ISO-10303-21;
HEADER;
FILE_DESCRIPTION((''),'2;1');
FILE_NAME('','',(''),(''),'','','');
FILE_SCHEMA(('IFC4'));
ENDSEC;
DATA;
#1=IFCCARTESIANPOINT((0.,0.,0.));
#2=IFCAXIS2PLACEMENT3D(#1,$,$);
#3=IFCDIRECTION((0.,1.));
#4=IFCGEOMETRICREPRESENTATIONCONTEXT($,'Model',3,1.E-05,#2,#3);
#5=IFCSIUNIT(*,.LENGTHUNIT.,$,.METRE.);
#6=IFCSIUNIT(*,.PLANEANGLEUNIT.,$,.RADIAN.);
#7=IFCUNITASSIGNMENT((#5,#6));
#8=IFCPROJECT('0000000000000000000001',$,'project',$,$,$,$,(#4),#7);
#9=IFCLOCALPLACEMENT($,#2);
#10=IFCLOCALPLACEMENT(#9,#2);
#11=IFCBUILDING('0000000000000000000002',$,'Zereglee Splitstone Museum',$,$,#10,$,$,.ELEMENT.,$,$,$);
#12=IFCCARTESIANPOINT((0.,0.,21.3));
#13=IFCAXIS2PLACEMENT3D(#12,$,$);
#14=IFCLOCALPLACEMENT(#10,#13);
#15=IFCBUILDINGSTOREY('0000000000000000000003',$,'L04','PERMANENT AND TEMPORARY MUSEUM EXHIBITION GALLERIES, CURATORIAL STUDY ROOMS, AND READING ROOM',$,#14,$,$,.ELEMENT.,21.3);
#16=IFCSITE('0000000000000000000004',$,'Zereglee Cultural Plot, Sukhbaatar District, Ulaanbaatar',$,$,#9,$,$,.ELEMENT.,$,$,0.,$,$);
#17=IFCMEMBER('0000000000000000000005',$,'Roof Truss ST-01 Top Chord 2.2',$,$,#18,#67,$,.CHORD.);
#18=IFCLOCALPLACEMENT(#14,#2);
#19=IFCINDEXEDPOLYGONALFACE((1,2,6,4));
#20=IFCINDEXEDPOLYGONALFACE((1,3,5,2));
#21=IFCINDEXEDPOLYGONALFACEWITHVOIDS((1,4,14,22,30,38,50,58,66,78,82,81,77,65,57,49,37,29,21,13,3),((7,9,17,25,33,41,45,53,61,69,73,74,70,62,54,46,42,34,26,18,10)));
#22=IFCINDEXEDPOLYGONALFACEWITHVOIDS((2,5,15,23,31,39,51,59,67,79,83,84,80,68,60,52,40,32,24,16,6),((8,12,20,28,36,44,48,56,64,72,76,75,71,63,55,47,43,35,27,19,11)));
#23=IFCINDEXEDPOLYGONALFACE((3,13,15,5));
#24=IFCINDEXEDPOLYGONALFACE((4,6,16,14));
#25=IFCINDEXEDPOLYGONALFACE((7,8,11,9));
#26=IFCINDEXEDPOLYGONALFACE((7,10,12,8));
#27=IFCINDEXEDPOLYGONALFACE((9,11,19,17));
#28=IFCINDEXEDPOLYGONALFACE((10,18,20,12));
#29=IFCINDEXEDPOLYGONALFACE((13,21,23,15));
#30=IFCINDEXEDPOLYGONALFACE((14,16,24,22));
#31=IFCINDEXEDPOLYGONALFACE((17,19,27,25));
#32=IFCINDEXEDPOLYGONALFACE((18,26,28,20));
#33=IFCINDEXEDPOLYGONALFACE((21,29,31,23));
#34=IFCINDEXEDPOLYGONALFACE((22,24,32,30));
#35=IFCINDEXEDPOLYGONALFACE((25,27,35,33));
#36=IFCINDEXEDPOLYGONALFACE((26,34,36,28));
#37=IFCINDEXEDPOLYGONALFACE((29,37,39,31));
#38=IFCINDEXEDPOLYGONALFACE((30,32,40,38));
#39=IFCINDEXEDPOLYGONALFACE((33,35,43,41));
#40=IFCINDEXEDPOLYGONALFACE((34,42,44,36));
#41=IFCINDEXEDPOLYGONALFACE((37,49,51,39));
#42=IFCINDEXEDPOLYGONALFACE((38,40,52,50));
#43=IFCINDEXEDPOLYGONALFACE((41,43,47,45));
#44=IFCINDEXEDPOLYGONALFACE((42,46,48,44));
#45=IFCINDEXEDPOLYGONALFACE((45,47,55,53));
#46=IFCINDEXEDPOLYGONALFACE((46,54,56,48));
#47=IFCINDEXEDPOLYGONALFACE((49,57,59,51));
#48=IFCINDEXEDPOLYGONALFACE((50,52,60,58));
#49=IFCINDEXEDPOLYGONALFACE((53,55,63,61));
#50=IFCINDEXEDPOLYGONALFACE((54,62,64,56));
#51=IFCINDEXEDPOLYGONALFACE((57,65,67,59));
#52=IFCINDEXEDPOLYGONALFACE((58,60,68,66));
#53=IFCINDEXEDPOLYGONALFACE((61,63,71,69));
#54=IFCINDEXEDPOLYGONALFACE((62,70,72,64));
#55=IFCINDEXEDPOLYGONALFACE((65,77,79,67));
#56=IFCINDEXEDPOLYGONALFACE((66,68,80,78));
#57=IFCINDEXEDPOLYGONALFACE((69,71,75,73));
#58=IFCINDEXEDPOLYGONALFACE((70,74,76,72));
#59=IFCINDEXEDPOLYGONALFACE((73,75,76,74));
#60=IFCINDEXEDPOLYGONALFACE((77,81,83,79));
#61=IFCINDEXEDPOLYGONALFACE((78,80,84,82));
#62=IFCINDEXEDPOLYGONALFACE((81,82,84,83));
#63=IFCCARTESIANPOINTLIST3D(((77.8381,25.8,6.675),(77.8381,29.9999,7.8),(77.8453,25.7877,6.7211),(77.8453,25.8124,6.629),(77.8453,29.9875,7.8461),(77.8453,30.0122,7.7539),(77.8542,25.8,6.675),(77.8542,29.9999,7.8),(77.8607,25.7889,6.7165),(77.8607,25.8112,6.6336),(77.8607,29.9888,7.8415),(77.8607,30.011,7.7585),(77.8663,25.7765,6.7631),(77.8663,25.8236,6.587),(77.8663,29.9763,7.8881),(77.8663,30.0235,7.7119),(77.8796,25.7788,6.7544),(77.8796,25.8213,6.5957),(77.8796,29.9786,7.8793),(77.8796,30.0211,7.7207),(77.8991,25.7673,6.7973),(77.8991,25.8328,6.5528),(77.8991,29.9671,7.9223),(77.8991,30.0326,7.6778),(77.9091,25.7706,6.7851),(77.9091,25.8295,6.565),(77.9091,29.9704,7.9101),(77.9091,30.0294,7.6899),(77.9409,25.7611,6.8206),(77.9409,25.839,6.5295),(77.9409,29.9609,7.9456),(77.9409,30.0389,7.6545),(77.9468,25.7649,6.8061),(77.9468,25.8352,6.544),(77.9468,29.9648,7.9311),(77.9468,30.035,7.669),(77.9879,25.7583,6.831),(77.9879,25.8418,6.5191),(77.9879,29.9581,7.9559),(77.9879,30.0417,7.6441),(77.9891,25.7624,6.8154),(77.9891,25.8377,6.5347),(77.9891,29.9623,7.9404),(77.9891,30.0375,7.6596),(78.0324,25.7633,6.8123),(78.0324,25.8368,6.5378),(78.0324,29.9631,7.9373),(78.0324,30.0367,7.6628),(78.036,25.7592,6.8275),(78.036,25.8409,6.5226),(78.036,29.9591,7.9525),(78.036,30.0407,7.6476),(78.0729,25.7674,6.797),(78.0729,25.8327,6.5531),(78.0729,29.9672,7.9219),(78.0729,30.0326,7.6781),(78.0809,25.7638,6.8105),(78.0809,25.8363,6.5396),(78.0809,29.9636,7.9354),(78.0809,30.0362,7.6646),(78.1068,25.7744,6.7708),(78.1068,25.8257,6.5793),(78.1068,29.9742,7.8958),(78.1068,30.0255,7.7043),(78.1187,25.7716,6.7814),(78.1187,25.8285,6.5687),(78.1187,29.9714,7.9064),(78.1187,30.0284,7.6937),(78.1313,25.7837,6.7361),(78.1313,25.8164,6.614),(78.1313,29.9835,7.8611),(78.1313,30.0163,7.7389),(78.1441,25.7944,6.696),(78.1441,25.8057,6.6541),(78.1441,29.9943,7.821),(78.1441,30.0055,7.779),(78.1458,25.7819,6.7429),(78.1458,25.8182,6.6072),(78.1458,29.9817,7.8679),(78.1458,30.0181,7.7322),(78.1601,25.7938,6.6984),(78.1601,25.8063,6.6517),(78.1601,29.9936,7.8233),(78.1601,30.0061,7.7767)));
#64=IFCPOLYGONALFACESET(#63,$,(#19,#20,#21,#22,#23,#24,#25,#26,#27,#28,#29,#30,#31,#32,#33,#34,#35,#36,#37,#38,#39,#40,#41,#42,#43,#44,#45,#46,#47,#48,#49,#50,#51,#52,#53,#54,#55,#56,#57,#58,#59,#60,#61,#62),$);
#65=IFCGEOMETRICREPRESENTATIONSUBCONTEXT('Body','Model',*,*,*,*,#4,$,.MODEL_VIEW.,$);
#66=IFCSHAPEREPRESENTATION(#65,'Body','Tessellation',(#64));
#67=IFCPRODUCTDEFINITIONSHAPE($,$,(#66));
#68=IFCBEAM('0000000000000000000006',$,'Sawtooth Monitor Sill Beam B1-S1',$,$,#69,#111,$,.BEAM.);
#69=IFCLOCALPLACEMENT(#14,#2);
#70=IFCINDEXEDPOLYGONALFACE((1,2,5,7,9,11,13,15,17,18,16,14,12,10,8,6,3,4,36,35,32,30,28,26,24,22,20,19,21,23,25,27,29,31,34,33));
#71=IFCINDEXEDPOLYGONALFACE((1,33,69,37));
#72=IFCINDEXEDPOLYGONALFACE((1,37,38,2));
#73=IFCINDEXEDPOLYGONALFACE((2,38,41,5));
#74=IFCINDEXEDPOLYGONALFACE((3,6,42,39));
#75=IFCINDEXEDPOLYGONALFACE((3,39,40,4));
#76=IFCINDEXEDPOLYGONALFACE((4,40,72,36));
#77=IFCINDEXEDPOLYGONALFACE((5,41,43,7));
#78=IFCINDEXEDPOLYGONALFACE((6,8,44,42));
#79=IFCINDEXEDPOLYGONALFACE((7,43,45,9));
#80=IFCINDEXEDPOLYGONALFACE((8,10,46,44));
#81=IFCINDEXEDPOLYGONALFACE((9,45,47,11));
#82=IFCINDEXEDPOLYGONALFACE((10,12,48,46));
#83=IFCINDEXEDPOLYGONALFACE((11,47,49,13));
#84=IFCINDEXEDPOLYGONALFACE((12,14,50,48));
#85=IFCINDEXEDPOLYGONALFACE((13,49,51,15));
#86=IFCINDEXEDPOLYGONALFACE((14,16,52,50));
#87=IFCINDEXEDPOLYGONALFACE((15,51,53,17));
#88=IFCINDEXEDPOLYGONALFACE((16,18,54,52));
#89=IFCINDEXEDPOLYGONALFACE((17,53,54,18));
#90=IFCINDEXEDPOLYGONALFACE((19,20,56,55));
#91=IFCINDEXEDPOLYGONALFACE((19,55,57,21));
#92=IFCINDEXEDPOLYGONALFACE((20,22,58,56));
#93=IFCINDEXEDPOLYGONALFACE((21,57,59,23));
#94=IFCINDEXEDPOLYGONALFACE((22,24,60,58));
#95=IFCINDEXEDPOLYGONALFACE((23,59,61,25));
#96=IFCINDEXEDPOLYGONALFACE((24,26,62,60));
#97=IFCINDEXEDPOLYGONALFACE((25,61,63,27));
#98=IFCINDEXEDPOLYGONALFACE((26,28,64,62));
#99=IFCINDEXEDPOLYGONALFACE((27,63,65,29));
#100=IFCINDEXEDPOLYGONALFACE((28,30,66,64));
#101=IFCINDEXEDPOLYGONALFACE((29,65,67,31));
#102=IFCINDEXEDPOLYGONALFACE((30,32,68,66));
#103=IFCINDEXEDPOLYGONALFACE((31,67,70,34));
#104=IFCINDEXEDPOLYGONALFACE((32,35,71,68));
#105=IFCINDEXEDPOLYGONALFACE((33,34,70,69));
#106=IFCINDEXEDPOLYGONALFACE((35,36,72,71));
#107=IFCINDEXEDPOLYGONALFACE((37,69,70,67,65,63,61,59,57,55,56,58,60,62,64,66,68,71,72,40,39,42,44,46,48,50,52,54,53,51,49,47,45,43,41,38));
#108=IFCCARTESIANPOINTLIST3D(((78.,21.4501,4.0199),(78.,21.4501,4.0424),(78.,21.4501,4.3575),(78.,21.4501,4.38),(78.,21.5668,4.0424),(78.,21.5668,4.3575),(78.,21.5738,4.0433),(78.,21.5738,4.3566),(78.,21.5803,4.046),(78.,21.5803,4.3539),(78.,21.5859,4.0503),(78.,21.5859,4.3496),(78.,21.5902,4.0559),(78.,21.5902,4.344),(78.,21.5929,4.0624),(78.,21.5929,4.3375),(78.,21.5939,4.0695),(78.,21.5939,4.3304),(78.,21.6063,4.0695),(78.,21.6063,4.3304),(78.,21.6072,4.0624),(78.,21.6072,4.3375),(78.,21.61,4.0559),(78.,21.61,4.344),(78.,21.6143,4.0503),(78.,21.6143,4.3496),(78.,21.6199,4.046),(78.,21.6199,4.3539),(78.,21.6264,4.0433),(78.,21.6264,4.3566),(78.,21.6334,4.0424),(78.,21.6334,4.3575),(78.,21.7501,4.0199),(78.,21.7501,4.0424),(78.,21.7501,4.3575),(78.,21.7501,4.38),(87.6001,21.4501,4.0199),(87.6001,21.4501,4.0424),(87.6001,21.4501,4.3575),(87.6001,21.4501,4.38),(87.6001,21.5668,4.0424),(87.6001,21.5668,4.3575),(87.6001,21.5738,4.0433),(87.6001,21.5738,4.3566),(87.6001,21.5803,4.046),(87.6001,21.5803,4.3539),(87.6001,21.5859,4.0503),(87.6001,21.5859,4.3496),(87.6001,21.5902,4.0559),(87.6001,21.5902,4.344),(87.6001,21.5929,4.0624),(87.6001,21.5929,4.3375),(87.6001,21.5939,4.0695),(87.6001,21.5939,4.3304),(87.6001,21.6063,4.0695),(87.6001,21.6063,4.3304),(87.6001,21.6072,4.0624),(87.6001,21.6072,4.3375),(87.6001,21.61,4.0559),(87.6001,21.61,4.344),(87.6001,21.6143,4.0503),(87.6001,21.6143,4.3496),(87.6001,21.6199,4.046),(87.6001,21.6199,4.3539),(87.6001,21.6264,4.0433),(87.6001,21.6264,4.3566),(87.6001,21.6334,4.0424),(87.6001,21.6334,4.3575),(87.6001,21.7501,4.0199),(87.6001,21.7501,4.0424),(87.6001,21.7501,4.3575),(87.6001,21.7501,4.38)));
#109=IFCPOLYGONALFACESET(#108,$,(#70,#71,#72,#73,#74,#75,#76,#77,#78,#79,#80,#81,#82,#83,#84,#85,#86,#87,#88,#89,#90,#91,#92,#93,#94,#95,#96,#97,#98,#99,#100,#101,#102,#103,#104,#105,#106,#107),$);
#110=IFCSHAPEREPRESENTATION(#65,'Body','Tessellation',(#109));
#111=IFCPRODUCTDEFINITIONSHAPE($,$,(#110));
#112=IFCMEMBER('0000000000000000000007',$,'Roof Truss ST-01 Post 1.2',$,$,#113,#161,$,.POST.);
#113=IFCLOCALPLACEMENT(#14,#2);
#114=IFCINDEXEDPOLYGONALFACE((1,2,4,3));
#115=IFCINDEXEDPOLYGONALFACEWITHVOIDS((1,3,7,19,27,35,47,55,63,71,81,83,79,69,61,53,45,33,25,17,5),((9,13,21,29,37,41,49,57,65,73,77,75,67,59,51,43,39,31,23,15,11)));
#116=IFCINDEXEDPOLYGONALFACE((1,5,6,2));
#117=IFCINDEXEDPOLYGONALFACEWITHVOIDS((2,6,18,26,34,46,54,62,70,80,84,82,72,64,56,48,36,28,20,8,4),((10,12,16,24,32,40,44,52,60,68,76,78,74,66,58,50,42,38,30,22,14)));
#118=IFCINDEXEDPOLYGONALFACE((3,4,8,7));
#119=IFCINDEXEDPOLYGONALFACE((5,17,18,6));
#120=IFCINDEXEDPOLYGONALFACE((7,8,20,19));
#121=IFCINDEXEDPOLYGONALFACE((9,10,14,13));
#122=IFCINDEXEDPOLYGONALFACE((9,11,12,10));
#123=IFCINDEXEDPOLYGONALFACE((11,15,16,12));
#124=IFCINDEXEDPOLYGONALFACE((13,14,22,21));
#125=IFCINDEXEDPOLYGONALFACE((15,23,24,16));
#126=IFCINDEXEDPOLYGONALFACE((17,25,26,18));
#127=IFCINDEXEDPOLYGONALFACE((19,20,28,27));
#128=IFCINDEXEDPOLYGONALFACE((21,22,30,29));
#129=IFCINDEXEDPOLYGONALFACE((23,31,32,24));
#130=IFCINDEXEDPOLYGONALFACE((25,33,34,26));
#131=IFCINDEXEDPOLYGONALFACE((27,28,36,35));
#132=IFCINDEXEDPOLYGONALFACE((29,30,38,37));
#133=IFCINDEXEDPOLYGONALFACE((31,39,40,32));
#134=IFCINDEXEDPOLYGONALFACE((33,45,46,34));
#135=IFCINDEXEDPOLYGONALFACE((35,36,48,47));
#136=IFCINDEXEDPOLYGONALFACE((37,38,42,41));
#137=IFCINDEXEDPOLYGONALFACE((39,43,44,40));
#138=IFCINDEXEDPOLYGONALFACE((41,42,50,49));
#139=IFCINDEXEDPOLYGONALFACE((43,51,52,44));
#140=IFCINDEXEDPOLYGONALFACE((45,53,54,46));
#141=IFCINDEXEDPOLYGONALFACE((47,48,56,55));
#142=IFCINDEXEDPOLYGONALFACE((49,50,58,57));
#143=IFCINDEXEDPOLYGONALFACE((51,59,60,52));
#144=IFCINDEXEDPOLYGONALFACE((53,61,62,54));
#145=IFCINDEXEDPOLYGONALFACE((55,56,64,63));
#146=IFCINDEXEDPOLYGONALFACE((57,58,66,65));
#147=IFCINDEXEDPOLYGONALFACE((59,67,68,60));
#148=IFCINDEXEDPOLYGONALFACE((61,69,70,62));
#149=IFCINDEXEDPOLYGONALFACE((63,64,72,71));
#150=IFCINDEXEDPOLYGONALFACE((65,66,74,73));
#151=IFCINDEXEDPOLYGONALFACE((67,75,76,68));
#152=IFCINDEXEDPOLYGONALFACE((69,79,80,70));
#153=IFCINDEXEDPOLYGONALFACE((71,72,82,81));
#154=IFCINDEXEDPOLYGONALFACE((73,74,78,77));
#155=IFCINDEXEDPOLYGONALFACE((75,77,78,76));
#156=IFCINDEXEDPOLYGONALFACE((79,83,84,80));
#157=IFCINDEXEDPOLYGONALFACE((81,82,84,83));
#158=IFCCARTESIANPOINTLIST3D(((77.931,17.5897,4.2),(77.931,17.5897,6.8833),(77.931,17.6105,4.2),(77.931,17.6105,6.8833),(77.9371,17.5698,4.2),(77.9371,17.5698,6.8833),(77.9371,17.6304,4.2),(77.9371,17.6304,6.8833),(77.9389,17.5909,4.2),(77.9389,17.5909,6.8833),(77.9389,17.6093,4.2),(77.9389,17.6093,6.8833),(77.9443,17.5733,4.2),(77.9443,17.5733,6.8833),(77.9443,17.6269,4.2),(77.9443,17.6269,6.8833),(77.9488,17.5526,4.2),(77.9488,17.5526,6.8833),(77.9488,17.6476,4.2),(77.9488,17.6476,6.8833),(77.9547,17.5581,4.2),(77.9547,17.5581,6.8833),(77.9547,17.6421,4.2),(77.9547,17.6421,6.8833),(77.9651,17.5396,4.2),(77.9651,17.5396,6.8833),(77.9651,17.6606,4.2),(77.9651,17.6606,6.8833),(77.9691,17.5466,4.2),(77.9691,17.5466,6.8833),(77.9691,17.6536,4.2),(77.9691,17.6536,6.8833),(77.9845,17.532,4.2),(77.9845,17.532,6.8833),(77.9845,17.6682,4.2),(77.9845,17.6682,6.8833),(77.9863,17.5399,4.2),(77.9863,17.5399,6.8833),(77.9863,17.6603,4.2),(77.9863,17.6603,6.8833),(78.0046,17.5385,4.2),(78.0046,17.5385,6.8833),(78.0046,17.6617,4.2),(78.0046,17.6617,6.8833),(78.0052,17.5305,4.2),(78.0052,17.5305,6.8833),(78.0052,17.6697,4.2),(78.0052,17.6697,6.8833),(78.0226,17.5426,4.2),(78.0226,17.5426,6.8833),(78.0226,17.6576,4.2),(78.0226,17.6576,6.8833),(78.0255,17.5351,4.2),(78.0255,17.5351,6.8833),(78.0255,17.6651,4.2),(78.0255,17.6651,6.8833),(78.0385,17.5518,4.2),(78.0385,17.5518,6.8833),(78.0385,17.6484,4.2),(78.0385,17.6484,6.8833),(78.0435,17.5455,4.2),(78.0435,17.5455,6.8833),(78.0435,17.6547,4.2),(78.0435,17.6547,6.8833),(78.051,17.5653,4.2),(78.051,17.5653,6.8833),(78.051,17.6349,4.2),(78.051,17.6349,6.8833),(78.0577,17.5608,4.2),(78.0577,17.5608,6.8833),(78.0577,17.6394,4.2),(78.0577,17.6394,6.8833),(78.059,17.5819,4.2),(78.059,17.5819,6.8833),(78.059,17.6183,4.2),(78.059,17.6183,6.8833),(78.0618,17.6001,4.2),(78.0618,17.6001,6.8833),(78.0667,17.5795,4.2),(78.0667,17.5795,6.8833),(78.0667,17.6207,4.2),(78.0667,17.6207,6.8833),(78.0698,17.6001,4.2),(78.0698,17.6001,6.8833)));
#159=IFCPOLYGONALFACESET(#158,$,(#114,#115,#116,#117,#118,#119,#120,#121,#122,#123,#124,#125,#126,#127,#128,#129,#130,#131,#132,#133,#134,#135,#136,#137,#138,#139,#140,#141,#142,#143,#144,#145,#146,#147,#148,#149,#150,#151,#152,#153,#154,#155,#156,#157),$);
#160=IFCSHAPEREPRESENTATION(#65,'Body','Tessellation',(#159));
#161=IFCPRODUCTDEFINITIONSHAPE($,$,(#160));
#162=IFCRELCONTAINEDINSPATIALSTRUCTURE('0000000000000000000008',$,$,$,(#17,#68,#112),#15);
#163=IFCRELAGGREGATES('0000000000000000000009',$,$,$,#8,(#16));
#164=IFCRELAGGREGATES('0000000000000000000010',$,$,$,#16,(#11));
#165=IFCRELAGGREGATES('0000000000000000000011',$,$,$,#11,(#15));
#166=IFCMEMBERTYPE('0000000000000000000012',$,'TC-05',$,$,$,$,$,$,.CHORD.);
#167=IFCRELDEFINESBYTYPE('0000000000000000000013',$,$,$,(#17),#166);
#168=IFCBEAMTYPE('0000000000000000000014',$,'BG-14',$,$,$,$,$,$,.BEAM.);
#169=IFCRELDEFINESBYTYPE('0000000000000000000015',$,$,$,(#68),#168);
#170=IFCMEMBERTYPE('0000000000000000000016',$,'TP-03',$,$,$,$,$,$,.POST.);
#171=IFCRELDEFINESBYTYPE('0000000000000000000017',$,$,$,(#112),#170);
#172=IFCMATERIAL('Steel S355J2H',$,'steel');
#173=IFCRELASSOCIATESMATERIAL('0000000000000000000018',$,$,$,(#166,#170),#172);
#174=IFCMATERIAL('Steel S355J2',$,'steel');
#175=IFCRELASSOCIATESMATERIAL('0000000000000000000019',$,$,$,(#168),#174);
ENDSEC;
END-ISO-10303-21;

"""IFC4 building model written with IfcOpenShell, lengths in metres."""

from ifc_helpers import new_model, si_unit, direction, frame, origin, origin_2d, place, context, subcontext, project, spatial, hollow_circle, i_section, extrude, material, material_profile, profile_set, type_object, element, save


model = new_model("IFC4")

# Units and contexts
model_context = context("Model", 3, precision=1e-05, world=origin(), true_north=direction((0.0, 1.0)))
body_context = subcontext(model_context, "Body", "Model", "MODEL_VIEW")
ifc_project = project(units=[si_unit("LENGTHUNIT", "METRE"), si_unit("PLANEANGLEUNIT", "RADIAN")], contexts=[model_context])

# Site, building, storey
site_placement = place(None, origin())
site = spatial("IfcSite", under=ifc_project, at=site_placement, Name="Zereglee Cultural Plot, Sukhbaatar District, Ulaanbaatar", CompositionType="ELEMENT", RefElevation=0.0)
building_placement = place(site_placement, origin())
building = spatial("IfcBuilding", under=site, at=building_placement, Name="Zereglee Splitstone Museum", CompositionType="ELEMENT")
storey_placement = place(building_placement, frame((0.0, 0.0, 21.3)))
storey = spatial("IfcBuildingStorey", under=building, at=storey_placement, Name="L04", Description="PERMANENT AND TEMPORARY MUSEUM EXHIBITION GALLERIES, CURATORIAL STUDY ROOMS, AND READING ROOM", CompositionType="ELEMENT", Elevation=21.3)

# Member
ifc_material_1 = material(Name="Steel S355J2H", Category="steel")
ifc_material_profile_1 = material_profile(ifc_material_1, hollow_circle(Radius=0.1619, WallThickness=0.0161, at=origin_2d()), Name="CHS 323.9x16")
ifc_profile_set_1 = profile_set([ifc_material_profile_1], Name="Steel S355J2H")
member_type_1 = type_object("IfcMemberType", Name="TC-05", PredefinedType="CHORD", material=ifc_profile_set_1)
member_1_placement = place(storey_placement, frame((78.0, 25.8, 6.675), z_axis=(0.0, 0.965947, 0.258739), x_axis=(-1.0, 0.0, 0.0)))
element("IfcMember", 1, at=member_1_placement, inside=storey, type_object=member_type_1, Name="Roof Truss ST-01 Top Chord 2.2", PredefinedType="CHORD", context=body_context, shape_type="SweptSolid", body=[
    extrude(hollow_circle(Radius=0.1619, WallThickness=0.0161, at=origin_2d()), origin(), (0.0, 0.0, 1.0), 4.3479),
])

# Beam
ifc_material_2 = material(Name="Steel S355J2", Category="steel")
ifc_material_profile_2 = material_profile(ifc_material_2, i_section(OverallWidth=0.3, OverallDepth=0.3601, WebThickness=0.0125, FlangeThickness=0.0225, FilletRadius=0.0271, at=origin_2d()), Name="HE 360 B")
ifc_profile_set_2 = profile_set([ifc_material_profile_2], Name="Steel S355J2")
beam_type_1 = type_object("IfcBeamType", Name="BG-14", PredefinedType="BEAM", material=ifc_profile_set_2)
beam_1_placement = place(storey_placement, frame((78.0, 21.6001, 4.2), z_axis=(1.0, 0.0, 0.0), x_axis=(0.0, 1.0, 0.0)))
element("IfcBeam", 2, at=beam_1_placement, inside=storey, type_object=beam_type_1, Name="Sawtooth Monitor Sill Beam B1-S1", PredefinedType="BEAM", context=body_context, shape_type="SweptSolid", body=[
    extrude(i_section(OverallWidth=0.3, OverallDepth=0.3601, WebThickness=0.0125, FlangeThickness=0.0225, FilletRadius=0.0271, at=origin_2d()), origin(), (0.0, 0.0, 1.0), 9.6001),
])

# Member
ifc_material_profile_3 = material_profile(ifc_material_1, hollow_circle(Radius=0.0698, WallThickness=0.0081, at=origin_2d()), Name="CHS 139.7x8")
ifc_profile_set_3 = profile_set([ifc_material_profile_3], Name="Steel S355J2H")
member_type_2 = type_object("IfcMemberType", Name="TP-03", PredefinedType="POST", material=ifc_profile_set_3)
member_2_placement = place(storey_placement, frame((78.0, 17.6001, 4.2), z_axis=(0.0, 0.0, 1.0), x_axis=(1.0, 0.0, 0.0)))
element("IfcMember", 3, at=member_2_placement, inside=storey, type_object=member_type_2, Name="Roof Truss ST-01 Post 1.2", PredefinedType="POST", context=body_context, shape_type="SweptSolid", body=[
    extrude(hollow_circle(Radius=0.0698, WallThickness=0.0081, at=origin_2d()), origin(), (0.0, 0.0, 1.0), 2.6833),
])

save(model, "model.ifc")
